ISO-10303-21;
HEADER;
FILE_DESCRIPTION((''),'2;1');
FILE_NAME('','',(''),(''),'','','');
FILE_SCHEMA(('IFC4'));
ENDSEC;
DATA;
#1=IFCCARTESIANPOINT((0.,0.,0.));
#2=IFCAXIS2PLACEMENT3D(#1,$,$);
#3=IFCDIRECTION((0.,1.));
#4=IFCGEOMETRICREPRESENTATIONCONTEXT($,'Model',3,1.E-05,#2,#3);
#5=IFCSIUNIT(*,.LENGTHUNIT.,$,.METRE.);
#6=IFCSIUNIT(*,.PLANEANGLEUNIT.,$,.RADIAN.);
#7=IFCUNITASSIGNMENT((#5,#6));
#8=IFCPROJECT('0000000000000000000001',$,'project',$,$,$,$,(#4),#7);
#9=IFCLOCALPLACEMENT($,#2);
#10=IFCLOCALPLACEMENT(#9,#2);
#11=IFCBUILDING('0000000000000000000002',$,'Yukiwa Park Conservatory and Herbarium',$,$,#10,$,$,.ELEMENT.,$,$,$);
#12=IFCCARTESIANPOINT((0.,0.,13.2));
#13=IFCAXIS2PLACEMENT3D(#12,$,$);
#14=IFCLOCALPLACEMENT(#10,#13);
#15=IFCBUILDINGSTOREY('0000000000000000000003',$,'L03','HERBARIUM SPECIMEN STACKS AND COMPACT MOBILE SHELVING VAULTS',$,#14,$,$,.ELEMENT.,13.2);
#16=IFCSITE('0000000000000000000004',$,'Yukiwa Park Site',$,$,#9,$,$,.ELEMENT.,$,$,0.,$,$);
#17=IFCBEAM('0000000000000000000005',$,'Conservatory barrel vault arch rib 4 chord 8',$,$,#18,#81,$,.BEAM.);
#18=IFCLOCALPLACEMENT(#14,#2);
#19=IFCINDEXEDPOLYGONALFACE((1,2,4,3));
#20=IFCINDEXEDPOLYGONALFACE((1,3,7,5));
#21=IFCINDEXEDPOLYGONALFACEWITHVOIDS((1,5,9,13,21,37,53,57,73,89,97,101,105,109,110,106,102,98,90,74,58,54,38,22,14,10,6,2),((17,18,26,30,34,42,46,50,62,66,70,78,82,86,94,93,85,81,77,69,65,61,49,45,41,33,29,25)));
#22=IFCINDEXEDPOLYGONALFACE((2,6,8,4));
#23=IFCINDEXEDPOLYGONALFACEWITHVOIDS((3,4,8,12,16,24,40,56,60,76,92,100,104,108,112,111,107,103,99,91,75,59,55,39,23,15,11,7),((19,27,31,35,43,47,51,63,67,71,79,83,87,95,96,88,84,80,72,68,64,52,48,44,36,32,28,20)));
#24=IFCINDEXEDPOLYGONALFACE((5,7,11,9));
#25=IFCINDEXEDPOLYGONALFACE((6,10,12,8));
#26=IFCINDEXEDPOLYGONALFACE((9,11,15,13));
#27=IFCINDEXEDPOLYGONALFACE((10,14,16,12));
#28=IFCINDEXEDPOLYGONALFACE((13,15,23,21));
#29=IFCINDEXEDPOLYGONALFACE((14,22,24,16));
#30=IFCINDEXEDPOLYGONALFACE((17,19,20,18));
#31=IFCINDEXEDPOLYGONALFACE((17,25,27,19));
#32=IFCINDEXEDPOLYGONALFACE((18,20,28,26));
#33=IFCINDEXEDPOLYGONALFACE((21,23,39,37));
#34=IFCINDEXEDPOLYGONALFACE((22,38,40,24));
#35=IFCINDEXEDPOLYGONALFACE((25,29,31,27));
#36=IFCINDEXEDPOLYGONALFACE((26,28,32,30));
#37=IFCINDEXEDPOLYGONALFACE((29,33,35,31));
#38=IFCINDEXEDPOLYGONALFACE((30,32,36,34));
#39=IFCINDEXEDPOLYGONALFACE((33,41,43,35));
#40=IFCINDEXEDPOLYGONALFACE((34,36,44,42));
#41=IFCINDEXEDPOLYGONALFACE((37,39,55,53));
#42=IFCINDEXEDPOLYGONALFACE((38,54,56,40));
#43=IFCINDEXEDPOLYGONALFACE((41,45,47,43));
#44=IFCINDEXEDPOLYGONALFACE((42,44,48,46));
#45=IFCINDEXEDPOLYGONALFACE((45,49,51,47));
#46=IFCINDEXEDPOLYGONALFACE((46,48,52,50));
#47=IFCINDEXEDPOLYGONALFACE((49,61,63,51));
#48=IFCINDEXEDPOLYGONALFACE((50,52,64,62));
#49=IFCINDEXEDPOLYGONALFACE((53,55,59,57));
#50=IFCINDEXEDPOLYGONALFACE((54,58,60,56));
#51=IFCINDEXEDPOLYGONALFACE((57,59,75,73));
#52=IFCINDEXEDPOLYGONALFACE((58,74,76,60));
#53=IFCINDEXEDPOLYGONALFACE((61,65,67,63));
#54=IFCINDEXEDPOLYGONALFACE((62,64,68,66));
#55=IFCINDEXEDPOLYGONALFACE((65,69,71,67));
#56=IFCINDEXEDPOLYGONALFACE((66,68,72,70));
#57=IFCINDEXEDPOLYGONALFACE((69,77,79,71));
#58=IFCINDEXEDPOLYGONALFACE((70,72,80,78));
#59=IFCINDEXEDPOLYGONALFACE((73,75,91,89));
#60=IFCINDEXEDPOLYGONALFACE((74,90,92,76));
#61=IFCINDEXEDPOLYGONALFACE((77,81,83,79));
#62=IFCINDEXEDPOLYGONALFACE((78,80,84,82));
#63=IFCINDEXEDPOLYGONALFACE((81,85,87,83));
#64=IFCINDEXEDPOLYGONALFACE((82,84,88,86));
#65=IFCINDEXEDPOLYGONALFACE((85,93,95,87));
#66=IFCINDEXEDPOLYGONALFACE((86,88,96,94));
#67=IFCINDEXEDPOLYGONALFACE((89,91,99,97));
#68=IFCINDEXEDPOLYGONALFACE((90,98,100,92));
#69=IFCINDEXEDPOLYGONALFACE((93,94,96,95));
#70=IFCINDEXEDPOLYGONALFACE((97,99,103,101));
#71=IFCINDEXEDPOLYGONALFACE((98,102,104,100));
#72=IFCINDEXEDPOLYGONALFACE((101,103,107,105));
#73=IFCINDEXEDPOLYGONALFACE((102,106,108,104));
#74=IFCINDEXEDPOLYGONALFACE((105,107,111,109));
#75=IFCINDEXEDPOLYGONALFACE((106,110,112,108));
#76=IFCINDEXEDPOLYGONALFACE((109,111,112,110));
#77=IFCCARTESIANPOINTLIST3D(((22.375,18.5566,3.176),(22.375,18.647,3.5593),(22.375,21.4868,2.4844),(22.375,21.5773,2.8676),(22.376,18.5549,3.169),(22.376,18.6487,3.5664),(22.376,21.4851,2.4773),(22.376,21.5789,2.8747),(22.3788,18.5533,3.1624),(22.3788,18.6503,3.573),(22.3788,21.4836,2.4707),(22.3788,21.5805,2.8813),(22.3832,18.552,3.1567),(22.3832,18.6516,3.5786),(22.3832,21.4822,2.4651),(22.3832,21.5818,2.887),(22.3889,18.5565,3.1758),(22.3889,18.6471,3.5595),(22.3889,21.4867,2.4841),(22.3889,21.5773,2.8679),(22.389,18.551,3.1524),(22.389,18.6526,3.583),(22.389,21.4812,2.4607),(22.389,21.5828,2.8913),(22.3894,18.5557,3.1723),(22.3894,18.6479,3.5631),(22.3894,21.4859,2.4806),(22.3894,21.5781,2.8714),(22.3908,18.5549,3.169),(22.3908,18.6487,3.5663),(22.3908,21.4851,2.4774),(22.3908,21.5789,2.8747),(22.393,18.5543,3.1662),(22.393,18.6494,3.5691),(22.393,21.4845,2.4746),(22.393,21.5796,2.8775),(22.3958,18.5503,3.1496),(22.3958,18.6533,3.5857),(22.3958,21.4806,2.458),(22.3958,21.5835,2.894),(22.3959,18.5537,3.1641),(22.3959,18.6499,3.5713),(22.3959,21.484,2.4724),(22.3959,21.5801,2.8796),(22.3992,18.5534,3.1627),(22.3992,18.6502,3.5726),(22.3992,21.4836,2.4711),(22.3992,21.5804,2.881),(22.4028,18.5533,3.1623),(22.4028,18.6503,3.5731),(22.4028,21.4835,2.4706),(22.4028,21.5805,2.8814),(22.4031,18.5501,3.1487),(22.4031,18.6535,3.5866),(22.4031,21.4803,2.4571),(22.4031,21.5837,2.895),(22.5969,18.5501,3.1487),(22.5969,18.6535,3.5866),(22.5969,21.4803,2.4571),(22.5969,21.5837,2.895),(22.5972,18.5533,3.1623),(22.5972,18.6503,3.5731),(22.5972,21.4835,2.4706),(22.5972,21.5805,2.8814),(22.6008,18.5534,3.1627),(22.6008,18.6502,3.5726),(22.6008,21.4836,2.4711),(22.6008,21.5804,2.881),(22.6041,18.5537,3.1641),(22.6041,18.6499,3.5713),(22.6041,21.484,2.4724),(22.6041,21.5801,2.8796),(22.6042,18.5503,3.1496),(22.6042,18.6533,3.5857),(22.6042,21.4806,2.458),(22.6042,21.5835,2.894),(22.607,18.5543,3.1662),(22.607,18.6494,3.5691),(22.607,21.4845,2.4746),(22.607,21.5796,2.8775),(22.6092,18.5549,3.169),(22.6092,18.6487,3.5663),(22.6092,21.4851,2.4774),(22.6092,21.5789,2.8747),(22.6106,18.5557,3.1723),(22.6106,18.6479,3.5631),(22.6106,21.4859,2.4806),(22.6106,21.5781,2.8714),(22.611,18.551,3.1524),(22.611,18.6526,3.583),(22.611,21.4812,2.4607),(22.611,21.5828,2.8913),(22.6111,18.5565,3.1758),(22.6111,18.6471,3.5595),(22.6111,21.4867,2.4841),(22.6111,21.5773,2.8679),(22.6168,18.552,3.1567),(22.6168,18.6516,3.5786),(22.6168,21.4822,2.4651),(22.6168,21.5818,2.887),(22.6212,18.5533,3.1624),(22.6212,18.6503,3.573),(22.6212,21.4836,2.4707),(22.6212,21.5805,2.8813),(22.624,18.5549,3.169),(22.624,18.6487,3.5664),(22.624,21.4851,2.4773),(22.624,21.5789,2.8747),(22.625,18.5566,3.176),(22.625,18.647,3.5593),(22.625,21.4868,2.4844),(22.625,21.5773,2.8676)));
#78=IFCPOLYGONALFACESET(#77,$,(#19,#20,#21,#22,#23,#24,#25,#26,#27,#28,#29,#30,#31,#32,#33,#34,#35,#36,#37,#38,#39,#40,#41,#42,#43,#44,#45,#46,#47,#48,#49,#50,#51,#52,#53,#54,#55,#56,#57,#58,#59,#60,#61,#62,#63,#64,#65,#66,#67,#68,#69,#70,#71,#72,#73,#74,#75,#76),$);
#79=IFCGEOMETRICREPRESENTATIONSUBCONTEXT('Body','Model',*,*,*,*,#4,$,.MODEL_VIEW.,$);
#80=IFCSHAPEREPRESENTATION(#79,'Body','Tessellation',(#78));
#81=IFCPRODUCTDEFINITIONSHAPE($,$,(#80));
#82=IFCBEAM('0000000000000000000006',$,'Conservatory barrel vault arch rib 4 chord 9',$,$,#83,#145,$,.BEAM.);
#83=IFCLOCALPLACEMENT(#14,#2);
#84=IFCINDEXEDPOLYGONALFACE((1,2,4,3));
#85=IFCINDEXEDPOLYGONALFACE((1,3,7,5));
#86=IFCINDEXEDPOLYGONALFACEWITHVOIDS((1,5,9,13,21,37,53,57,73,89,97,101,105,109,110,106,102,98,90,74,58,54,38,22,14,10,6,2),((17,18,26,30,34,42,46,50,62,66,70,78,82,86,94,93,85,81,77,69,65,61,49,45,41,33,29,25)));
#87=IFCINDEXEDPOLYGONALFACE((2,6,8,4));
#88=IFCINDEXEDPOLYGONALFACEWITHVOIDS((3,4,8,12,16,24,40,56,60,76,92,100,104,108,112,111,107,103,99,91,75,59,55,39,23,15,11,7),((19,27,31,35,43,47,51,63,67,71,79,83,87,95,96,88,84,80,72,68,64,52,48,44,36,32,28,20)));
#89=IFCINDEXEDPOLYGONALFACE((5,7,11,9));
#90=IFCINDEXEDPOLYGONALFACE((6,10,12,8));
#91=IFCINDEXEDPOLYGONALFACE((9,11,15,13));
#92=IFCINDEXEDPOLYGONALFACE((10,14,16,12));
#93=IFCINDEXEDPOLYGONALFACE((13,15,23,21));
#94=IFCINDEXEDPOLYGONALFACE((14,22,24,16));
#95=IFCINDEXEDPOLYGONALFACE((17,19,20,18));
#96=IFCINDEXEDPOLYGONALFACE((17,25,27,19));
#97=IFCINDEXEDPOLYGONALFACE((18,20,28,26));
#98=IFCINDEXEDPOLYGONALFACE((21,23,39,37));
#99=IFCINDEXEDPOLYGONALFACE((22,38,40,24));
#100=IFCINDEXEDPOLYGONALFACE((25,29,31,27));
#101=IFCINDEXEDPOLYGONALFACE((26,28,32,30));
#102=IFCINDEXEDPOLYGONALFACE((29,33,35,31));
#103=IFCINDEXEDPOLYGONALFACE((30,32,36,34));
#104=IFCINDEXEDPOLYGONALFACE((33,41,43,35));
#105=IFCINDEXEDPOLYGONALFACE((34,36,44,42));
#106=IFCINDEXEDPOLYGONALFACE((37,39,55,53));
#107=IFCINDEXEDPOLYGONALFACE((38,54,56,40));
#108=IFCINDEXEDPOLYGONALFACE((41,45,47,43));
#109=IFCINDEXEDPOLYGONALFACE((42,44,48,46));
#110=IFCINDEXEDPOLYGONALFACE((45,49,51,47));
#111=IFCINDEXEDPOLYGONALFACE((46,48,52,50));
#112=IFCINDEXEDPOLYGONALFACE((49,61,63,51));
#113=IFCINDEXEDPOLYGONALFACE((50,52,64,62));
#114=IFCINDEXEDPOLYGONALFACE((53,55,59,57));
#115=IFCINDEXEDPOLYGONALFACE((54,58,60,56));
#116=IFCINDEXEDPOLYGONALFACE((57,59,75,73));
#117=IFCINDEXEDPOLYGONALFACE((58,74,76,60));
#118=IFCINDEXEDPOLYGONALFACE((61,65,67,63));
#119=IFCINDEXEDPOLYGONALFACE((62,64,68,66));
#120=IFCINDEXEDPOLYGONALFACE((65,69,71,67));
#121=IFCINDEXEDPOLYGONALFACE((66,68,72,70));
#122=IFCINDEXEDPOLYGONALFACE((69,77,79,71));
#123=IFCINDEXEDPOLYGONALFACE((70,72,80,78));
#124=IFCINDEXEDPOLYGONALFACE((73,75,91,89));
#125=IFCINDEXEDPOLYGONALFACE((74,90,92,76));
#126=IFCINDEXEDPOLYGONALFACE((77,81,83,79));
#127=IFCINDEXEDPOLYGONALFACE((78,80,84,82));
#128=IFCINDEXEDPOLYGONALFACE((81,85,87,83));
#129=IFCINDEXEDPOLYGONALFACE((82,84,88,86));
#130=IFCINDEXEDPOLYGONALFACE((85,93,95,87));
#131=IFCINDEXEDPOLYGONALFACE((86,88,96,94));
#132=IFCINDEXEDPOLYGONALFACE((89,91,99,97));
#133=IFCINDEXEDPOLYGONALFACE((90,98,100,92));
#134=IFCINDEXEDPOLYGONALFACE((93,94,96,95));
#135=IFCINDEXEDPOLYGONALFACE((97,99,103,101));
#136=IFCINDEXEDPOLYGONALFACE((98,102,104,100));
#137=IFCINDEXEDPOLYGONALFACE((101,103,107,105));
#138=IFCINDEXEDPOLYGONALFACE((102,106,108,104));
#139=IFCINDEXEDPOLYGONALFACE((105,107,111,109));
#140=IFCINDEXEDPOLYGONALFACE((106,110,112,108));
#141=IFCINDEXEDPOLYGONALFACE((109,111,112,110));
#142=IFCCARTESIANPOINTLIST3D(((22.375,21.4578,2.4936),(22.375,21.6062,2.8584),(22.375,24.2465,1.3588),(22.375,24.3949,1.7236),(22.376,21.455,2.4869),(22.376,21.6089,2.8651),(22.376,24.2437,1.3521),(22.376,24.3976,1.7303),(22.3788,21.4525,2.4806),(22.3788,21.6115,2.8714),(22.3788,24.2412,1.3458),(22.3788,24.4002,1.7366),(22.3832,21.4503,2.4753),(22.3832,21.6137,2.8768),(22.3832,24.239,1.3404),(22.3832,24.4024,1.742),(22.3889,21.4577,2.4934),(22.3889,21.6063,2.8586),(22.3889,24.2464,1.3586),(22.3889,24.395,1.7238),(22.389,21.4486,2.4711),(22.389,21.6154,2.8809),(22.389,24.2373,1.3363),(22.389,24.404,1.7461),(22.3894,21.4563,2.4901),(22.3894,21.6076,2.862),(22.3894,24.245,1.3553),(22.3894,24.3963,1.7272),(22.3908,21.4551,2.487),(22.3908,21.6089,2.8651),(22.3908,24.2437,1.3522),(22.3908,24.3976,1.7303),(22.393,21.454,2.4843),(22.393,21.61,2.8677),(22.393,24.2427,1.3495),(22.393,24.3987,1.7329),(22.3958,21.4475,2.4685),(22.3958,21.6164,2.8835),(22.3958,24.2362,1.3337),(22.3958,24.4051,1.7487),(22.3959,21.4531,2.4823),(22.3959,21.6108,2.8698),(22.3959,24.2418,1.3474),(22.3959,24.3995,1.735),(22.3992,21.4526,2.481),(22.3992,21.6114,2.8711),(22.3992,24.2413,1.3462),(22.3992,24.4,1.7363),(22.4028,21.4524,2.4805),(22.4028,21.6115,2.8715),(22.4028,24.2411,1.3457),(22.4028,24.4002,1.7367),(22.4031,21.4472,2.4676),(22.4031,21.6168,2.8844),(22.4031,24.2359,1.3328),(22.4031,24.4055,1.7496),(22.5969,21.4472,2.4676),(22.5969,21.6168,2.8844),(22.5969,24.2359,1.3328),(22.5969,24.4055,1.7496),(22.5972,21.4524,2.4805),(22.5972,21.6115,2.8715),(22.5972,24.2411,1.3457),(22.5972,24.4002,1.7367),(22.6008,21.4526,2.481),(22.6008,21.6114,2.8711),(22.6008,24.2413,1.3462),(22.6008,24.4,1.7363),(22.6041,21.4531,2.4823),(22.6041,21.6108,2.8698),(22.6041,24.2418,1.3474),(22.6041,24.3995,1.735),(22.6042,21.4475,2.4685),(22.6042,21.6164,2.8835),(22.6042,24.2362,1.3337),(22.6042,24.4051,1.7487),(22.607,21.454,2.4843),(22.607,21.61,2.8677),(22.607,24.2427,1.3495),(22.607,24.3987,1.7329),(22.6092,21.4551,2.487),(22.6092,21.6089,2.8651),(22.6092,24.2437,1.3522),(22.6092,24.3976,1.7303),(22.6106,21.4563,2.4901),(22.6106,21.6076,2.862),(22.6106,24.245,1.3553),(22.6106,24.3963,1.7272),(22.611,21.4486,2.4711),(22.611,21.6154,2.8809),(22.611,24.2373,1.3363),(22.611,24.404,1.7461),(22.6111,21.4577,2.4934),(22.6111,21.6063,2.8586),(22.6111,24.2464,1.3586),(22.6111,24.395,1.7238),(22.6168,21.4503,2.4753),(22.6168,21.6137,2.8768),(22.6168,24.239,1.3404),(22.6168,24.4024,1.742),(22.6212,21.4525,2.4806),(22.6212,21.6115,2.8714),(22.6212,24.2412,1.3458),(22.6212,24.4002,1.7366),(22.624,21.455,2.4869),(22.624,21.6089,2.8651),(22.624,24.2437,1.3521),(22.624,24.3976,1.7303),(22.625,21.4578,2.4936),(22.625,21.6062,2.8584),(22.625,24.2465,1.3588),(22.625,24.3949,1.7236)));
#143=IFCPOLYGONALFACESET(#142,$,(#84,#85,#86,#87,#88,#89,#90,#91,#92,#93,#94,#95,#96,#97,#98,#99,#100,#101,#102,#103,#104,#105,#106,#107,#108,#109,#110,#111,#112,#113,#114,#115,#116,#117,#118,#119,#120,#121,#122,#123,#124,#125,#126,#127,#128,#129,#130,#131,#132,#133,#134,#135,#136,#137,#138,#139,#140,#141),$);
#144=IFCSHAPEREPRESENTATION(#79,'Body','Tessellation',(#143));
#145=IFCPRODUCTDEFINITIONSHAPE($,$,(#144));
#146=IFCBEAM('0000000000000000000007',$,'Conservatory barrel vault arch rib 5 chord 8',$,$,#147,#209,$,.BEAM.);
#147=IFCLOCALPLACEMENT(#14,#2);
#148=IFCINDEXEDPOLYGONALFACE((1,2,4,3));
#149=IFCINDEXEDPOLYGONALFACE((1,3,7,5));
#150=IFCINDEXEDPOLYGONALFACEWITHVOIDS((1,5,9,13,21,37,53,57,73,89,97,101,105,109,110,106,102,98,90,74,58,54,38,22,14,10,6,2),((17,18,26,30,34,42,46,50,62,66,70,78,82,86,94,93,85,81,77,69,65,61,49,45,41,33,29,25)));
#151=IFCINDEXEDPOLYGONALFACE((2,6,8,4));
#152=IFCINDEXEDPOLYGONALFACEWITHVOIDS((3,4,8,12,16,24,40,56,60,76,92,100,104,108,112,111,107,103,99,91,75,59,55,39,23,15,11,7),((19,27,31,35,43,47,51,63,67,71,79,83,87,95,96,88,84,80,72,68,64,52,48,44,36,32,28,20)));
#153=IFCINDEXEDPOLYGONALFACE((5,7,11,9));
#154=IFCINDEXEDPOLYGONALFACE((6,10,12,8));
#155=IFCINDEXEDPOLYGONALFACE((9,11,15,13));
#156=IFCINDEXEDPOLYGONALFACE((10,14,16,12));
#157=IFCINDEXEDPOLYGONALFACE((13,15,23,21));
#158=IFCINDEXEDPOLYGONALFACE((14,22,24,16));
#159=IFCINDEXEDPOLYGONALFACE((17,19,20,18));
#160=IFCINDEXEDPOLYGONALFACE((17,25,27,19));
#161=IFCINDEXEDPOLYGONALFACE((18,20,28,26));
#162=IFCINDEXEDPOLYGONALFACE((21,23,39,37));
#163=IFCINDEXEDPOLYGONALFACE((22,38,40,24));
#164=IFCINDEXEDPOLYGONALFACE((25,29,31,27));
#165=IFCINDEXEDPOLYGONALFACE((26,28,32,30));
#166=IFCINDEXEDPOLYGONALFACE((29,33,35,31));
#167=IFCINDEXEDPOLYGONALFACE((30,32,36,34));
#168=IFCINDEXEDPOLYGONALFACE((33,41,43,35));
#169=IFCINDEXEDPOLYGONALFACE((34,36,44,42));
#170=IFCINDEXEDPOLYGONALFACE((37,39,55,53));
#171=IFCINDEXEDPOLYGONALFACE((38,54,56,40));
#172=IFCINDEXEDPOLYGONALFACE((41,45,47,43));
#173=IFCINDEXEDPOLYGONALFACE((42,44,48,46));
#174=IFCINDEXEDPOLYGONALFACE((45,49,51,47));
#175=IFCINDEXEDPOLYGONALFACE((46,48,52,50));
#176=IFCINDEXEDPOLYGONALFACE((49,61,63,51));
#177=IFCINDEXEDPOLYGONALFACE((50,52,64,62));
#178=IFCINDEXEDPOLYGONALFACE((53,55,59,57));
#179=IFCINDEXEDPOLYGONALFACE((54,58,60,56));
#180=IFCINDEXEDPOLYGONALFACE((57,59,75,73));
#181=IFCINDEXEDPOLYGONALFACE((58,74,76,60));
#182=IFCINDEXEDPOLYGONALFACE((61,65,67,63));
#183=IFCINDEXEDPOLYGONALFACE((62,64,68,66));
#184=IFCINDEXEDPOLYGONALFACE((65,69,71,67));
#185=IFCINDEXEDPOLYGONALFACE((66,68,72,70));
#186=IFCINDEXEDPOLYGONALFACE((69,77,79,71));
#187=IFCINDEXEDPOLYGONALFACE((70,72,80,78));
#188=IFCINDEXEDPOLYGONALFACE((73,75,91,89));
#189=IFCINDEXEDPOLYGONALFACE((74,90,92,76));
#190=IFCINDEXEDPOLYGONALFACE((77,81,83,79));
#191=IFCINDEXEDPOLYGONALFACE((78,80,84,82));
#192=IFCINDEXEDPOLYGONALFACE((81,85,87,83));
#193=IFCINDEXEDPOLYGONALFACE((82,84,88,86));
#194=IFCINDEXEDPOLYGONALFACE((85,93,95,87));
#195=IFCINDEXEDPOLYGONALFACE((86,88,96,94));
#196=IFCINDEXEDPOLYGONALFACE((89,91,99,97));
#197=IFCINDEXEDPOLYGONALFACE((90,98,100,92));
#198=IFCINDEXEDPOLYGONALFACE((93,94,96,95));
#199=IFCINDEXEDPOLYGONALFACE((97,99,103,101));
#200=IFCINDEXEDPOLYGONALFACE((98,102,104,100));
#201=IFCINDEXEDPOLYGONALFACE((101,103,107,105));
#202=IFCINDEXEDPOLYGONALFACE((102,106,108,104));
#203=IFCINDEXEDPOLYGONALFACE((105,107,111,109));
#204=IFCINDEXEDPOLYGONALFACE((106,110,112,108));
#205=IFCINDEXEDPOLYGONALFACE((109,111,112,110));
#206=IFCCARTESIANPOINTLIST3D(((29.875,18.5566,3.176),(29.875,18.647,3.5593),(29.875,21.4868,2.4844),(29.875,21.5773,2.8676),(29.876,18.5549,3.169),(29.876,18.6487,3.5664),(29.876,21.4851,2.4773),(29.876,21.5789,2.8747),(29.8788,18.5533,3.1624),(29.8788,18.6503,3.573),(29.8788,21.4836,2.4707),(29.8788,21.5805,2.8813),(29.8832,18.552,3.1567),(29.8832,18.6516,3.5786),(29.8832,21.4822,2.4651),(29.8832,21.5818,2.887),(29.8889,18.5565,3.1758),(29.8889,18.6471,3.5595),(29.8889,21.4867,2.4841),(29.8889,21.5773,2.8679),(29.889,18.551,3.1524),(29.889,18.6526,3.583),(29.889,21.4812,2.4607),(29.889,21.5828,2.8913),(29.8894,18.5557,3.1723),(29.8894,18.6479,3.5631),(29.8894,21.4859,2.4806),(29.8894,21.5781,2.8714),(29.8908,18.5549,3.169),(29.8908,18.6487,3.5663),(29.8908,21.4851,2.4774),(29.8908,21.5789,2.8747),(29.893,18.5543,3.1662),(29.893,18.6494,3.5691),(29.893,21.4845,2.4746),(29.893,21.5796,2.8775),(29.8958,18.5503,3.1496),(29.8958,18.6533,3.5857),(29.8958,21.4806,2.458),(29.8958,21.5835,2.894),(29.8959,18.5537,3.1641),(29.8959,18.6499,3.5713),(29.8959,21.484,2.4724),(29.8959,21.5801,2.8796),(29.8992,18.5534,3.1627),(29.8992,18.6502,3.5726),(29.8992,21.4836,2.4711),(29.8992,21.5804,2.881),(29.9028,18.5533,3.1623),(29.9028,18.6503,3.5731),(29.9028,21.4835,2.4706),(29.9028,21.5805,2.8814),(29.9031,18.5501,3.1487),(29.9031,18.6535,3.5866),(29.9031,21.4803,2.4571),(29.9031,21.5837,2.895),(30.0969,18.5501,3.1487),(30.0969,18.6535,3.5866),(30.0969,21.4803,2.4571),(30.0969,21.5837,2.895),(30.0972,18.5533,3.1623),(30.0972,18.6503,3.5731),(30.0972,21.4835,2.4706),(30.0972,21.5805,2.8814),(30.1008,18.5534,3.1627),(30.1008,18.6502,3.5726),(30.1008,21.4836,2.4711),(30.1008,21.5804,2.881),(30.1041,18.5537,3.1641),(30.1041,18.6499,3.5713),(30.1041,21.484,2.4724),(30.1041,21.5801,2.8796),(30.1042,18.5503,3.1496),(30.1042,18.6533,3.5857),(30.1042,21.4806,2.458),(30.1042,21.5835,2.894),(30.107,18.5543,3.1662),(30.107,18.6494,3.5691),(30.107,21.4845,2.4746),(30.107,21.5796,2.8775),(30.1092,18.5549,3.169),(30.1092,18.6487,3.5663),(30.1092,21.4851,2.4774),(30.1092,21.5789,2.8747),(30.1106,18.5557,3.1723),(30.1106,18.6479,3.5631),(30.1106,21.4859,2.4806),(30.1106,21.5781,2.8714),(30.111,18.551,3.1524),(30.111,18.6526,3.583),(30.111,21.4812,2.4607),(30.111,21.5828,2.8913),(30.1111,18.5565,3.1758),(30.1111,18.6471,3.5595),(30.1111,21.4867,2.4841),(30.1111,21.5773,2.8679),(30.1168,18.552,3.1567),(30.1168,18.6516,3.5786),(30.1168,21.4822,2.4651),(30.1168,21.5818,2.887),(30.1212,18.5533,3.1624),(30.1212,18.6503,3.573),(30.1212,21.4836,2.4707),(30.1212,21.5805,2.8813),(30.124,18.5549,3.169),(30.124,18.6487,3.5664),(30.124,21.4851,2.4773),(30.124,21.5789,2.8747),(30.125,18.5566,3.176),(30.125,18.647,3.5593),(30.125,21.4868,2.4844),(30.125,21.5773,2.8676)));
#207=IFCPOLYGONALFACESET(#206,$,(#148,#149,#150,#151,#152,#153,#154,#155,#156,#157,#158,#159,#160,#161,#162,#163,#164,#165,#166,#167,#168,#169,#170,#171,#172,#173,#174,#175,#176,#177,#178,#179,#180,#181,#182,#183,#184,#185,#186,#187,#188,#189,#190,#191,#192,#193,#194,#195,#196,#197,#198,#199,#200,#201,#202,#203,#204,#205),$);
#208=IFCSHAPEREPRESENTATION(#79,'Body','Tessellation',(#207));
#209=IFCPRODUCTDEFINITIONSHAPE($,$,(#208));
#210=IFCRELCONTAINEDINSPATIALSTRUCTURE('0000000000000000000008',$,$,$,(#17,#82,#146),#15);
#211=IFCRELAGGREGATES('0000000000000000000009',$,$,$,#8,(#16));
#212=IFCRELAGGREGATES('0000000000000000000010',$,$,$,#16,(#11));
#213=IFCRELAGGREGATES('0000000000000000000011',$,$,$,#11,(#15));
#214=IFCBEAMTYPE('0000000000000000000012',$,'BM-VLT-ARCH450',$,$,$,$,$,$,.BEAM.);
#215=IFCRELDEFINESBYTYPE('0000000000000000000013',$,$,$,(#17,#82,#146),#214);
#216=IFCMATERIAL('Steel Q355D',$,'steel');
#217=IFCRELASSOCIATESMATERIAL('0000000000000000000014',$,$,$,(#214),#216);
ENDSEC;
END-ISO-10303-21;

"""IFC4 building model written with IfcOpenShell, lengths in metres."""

from ifc_helpers import new_model, si_unit, direction, frame, origin, origin_2d, place, context, subcontext, project, spatial, hollow_rectangle, extrude, material, material_profile, profile_set, type_object, element, save


model = new_model("IFC4")

# Units and contexts
model_context = context("Model", 3, precision=1e-05, world=origin(), true_north=direction((0.0, 1.0)))
body_context = subcontext(model_context, "Body", "Model", "MODEL_VIEW")
ifc_project = project(units=[si_unit("LENGTHUNIT", "METRE"), si_unit("PLANEANGLEUNIT", "RADIAN")], contexts=[model_context])

# Site, building, storey
site_placement = place(None, origin())
site = spatial("IfcSite", under=ifc_project, at=site_placement, Name="Yukiwa Park Site", CompositionType="ELEMENT", RefElevation=0.0)
building_placement = place(site_placement, origin())
building = spatial("IfcBuilding", under=site, at=building_placement, Name="Yukiwa Park Conservatory and Herbarium", CompositionType="ELEMENT")
storey_placement = place(building_placement, frame((0.0, 0.0, 13.2)))
storey = spatial("IfcBuildingStorey", under=building, at=storey_placement, Name="L03", Description="HERBARIUM SPECIMEN STACKS AND COMPACT MOBILE SHELVING VAULTS", CompositionType="ELEMENT", Elevation=13.2)

# Beams
ifc_material_1 = material(Name="Steel Q355D", Category="steel")
ifc_material_profile_1 = material_profile(ifc_material_1, hollow_rectangle(XDim=0.25, YDim=0.45, WallThickness=0.0139, InnerFilletRadius=0.0139, OuterFilletRadius=0.0281, at=origin_2d()), Name="RHS 450x250x14")
ifc_profile_set_1 = profile_set([ifc_material_profile_1], Name="Steel Q355D")
beam_type = type_object("IfcBeamType", Name="BM-VLT-ARCH450", PredefinedType="BEAM", material=ifc_profile_set_1)
for number, where, z_axis, x_axis, name in (
    (1, (22.5, 18.6018, 3.3677), (0.0, 0.973254, -0.229731), (-1.0, 0.0, 0.0), "Conservatory barrel vault arch rib 4 chord 8"),
    (2, (22.5, 21.532, 2.676), (0.0, 0.926246, -0.376921), (-1.0, 0.0, 0.0), "Conservatory barrel vault arch rib 4 chord 9"),
    (3, (30.0, 18.6018, 3.3677), (0.0, 0.973254, -0.229731), (-1.0, 0.0, 0.0), "Conservatory barrel vault arch rib 5 chord 8"),
):
    element("IfcBeam", number, at=place(storey_placement, frame(where, z_axis=z_axis, x_axis=x_axis)), inside=storey, type_object=beam_type, Name=name, PredefinedType="BEAM", context=body_context, shape_type="SweptSolid", body=[
        extrude(hollow_rectangle(XDim=0.25, YDim=0.45, WallThickness=0.0139, InnerFilletRadius=0.0139, OuterFilletRadius=0.0281, at=origin_2d()), origin(), (0.0, 0.0, 1.0), 3.0107),
    ])

save(model, "model.ifc")
